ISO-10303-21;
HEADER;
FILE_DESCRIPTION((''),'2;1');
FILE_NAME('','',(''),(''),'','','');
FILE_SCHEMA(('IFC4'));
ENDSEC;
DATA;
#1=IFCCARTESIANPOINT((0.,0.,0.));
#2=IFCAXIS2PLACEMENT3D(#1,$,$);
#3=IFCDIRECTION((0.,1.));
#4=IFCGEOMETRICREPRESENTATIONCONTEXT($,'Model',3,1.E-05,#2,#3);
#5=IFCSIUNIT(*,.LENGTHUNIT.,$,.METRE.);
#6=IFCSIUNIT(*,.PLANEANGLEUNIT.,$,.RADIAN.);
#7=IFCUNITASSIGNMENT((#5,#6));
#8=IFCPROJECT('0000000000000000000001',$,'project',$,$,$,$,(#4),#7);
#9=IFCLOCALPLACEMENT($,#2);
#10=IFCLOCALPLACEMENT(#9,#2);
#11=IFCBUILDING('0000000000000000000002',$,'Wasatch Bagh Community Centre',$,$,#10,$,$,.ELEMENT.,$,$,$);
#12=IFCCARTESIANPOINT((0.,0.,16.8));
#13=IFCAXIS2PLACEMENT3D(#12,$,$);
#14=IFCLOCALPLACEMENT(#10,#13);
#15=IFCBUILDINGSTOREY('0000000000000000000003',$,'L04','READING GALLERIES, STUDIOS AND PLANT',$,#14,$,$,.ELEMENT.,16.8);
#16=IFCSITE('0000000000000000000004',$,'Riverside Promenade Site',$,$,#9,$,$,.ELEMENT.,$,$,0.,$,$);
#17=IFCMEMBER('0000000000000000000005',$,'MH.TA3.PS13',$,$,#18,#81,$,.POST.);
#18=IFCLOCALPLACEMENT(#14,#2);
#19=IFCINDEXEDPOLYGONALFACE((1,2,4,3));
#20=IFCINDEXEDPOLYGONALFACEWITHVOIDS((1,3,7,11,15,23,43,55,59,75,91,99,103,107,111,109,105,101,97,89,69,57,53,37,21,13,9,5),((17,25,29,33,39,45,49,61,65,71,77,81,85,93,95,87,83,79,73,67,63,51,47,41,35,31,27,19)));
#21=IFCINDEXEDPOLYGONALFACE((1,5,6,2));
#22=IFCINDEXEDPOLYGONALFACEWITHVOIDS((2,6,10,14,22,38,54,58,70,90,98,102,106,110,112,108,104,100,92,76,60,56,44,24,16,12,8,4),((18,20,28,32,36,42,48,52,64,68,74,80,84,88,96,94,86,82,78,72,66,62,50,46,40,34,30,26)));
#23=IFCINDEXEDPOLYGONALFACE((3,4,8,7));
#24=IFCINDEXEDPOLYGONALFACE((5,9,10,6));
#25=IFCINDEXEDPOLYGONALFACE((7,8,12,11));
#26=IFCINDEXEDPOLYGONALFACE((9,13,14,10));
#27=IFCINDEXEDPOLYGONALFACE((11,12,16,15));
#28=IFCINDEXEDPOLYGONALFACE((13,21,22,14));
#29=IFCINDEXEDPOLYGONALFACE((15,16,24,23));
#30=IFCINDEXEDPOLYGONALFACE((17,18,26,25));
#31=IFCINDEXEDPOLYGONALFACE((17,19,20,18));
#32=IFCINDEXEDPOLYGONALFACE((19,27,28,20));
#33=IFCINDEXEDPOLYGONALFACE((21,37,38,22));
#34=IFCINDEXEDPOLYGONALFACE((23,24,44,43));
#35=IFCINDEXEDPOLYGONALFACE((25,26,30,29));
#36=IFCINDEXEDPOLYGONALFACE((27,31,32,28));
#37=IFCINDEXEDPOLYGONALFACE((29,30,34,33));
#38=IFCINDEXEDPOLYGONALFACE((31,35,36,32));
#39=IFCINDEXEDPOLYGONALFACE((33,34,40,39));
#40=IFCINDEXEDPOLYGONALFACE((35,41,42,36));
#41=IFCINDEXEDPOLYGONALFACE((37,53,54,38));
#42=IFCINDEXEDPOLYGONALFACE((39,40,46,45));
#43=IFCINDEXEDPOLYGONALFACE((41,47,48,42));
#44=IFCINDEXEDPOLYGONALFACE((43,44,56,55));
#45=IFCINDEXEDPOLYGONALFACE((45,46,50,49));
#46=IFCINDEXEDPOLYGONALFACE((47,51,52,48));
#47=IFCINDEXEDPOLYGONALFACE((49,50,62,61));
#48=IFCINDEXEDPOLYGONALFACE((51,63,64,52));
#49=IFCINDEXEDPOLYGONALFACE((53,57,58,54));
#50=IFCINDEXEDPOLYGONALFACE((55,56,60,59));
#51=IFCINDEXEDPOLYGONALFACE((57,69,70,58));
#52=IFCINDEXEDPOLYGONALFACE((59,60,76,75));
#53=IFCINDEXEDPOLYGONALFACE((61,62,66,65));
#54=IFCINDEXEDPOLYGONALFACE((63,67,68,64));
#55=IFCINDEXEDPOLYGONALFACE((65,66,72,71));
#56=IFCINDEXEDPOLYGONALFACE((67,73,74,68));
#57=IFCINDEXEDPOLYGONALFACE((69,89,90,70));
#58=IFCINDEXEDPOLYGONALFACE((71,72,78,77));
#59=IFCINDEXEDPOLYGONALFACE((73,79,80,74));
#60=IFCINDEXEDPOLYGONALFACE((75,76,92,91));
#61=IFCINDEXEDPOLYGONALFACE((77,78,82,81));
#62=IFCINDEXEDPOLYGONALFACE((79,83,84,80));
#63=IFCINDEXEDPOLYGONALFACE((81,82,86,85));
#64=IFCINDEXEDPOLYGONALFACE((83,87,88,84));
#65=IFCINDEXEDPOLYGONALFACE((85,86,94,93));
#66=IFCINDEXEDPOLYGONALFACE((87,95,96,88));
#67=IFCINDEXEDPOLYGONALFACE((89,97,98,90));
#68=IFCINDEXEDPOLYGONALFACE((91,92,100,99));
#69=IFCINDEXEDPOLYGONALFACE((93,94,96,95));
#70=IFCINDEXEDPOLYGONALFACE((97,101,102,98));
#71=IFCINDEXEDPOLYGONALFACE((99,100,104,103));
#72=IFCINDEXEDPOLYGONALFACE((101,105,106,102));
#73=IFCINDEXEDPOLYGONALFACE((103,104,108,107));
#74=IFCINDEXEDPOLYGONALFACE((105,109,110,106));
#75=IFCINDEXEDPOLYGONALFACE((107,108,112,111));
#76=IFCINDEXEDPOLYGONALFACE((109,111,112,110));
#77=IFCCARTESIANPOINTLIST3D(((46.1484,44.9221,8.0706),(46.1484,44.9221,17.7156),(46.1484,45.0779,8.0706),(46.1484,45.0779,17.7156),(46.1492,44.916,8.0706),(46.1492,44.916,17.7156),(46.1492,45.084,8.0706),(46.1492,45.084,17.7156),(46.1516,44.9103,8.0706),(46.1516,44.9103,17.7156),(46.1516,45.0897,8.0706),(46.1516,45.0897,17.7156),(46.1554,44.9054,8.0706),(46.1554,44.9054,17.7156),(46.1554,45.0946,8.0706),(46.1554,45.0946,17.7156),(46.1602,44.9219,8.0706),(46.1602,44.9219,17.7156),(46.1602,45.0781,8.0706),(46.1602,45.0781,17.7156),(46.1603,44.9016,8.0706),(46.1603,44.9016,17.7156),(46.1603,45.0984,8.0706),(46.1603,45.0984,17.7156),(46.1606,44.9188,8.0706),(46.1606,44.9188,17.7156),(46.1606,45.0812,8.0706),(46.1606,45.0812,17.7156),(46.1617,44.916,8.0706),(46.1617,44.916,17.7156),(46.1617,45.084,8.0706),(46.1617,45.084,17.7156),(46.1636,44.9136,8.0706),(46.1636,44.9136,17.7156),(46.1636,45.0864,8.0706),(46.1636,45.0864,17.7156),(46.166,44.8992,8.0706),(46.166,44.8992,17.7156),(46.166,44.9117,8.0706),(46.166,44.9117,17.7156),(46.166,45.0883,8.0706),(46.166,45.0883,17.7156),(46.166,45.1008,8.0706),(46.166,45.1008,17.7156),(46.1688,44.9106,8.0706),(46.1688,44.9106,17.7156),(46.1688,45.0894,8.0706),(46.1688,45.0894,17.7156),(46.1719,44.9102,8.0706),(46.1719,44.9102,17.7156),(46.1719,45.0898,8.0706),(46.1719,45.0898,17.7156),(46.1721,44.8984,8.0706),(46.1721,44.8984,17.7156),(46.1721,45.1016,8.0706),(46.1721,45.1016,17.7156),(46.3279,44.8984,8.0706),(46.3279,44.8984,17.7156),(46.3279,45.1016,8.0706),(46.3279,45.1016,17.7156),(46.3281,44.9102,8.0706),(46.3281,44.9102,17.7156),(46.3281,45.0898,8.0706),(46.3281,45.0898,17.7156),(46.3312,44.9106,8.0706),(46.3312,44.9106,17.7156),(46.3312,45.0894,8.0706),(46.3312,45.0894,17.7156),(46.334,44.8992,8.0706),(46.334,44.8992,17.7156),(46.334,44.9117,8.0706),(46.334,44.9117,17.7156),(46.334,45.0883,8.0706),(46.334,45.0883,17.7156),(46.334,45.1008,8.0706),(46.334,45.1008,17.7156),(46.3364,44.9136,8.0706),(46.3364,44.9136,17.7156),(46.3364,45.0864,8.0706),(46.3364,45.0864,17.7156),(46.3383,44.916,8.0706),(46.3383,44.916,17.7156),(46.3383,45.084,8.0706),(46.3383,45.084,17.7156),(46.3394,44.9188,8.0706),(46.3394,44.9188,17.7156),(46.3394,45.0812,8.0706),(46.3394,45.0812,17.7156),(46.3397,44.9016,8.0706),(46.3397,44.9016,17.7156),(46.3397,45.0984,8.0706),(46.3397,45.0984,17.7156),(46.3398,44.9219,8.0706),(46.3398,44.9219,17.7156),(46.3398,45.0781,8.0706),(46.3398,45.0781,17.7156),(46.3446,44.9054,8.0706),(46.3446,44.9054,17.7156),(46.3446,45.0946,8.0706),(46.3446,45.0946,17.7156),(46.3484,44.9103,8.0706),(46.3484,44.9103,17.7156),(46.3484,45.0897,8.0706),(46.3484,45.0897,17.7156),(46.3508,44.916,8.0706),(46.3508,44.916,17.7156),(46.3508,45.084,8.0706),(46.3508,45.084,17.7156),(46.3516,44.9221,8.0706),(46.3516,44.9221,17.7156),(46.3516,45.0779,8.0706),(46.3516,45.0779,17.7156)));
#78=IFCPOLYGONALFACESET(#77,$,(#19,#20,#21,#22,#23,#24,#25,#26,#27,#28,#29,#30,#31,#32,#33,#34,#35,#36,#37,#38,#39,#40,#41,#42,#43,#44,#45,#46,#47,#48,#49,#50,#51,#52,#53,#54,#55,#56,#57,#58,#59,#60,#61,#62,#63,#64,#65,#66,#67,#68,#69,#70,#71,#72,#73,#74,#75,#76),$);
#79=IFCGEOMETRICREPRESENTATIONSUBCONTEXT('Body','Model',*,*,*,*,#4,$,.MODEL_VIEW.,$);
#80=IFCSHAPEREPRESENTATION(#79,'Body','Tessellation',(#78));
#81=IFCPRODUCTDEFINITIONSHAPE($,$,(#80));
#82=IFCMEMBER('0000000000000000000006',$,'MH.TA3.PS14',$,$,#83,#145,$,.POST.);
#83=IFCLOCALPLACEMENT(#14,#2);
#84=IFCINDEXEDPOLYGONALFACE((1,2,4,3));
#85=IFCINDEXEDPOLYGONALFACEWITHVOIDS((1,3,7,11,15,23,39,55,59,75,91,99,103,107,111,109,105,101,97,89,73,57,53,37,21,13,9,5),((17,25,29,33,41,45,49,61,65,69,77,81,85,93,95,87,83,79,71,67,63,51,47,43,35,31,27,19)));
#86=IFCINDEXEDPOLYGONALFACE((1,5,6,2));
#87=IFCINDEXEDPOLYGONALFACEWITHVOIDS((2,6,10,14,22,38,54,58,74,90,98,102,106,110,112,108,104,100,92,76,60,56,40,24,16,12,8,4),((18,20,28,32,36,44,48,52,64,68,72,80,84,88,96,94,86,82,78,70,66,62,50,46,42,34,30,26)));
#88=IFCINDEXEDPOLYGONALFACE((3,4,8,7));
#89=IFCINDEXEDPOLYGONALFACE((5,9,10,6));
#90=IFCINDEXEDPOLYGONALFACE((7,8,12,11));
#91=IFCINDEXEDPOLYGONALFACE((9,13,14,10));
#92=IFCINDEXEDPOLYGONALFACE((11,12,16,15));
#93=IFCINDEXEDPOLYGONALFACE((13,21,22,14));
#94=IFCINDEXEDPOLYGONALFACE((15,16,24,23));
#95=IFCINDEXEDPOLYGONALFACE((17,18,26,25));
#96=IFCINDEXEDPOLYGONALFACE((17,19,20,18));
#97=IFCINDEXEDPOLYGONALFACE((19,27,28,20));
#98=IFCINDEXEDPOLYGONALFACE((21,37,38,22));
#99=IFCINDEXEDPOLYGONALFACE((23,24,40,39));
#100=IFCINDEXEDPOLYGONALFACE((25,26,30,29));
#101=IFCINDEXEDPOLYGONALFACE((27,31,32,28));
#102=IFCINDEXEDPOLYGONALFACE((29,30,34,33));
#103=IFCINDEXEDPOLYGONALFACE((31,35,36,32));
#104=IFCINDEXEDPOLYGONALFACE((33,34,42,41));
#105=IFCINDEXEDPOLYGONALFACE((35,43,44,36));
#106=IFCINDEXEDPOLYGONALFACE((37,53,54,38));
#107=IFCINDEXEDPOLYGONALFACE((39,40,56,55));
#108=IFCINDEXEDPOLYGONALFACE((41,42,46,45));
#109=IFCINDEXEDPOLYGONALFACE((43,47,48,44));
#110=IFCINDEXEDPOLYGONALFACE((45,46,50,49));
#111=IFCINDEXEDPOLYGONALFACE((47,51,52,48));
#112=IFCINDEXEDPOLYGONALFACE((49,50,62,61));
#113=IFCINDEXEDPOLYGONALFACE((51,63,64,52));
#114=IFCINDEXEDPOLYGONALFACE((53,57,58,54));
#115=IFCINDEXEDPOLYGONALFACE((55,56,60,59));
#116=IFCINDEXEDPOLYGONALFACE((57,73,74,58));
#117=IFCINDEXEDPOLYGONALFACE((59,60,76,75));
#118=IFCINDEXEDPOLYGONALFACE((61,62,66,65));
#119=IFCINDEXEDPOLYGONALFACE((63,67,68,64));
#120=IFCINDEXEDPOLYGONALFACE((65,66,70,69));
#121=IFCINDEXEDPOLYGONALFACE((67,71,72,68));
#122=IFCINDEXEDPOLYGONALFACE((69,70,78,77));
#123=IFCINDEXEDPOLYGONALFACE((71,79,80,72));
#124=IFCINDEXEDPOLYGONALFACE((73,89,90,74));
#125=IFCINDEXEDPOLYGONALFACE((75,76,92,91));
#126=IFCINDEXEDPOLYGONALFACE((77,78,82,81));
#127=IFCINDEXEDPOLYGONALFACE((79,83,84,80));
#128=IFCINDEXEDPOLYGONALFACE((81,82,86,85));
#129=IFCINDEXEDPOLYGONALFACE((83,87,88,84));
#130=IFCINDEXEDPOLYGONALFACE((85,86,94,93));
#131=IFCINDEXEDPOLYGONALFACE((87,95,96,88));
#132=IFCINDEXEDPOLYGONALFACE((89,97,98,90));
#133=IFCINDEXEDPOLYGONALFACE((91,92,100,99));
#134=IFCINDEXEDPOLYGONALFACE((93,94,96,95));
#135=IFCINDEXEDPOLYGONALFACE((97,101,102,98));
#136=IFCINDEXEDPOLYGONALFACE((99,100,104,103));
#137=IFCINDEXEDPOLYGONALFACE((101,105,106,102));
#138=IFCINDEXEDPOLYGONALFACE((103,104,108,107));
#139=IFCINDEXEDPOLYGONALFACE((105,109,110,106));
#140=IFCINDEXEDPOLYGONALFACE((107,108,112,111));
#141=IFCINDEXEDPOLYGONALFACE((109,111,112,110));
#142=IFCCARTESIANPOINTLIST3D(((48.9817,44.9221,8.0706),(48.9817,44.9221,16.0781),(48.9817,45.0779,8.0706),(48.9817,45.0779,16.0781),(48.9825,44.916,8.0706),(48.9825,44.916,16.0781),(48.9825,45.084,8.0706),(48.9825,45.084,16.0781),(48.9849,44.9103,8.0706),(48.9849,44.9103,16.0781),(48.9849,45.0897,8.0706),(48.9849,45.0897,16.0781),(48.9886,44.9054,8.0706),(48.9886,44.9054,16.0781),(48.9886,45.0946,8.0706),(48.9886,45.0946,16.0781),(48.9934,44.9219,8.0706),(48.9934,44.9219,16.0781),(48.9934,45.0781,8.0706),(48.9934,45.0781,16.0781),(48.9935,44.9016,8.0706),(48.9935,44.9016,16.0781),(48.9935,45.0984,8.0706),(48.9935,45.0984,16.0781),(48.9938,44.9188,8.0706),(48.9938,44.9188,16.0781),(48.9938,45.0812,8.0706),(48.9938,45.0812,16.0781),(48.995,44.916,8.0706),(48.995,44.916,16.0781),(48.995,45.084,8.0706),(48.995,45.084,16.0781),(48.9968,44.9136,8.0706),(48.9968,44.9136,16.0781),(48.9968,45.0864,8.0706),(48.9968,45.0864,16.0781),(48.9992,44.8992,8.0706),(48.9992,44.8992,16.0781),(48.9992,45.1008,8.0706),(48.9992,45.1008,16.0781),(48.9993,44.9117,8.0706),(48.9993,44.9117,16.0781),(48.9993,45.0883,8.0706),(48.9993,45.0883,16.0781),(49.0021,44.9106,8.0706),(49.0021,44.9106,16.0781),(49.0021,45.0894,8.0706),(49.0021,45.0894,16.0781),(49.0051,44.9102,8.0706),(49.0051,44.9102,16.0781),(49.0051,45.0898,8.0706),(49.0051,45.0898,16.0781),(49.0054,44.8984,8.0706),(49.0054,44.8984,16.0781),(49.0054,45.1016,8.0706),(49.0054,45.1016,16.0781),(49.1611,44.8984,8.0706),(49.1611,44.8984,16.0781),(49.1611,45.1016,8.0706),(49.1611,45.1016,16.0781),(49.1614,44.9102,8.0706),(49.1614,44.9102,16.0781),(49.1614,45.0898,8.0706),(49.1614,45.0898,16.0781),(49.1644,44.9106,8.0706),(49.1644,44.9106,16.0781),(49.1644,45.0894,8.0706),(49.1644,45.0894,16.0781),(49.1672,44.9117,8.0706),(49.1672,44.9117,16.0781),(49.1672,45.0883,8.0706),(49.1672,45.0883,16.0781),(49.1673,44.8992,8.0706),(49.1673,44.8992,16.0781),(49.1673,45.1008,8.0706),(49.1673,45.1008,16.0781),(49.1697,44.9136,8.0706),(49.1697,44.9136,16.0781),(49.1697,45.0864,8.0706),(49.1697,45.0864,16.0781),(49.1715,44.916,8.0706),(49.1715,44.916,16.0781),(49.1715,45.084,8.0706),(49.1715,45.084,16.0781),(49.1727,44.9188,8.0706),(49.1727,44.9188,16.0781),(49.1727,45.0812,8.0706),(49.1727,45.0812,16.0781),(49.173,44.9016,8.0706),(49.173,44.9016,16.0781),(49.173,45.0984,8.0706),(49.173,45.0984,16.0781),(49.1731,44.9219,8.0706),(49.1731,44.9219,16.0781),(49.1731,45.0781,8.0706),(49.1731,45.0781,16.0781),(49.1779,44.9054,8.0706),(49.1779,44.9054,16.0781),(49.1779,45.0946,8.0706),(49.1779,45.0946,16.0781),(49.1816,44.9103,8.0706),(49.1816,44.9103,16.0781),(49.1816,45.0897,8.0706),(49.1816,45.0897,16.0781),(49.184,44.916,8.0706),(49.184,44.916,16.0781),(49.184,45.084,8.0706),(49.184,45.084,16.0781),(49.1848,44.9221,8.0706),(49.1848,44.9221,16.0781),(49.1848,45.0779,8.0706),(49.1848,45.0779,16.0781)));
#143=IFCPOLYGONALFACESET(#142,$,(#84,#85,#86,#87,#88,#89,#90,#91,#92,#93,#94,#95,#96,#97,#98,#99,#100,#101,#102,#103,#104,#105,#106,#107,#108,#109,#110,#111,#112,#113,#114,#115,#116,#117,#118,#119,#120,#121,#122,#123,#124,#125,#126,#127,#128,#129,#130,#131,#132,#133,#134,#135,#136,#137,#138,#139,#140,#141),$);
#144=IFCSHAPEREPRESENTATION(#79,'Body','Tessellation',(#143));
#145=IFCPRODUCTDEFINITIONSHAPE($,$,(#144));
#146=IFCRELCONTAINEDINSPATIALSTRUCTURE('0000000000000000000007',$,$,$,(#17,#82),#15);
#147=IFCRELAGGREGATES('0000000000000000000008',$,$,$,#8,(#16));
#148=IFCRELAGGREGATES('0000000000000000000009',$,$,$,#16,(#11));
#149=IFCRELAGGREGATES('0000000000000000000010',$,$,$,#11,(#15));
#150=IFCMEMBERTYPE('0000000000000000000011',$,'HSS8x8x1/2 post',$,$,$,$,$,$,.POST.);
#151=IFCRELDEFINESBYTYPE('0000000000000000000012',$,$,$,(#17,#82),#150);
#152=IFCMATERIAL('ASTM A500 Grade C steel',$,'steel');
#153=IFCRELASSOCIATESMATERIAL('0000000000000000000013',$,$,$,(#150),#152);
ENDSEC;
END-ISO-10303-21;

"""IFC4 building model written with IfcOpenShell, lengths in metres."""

from ifc_helpers import new_model, si_unit, direction, frame, origin, origin_2d, place, context, subcontext, project, spatial, hollow_rectangle, extrude, material, material_profile, profile_set, type_object, element, save


model = new_model("IFC4")

# Units and contexts
model_context = context("Model", 3, precision=1e-05, world=origin(), true_north=direction((0.0, 1.0)))
body_context = subcontext(model_context, "Body", "Model", "MODEL_VIEW")
ifc_project = project(units=[si_unit("LENGTHUNIT", "METRE"), si_unit("PLANEANGLEUNIT", "RADIAN")], contexts=[model_context])

# Site, building, storey
site_placement = place(None, origin())
site = spatial("IfcSite", under=ifc_project, at=site_placement, Name="Riverside Promenade Site", CompositionType="ELEMENT", RefElevation=0.0)
building_placement = place(site_placement, origin())
building = spatial("IfcBuilding", under=site, at=building_placement, Name="Wasatch Bagh Community Centre", CompositionType="ELEMENT")
storey_placement = place(building_placement, frame((0.0, 0.0, 16.8)))
storey = spatial("IfcBuildingStorey", under=building, at=storey_placement, Name="L04", Description="READING GALLERIES, STUDIOS AND PLANT", CompositionType="ELEMENT", Elevation=16.8)

# Members
ifc_material_1 = material(Name="ASTM A500 Grade C steel", Category="steel")
ifc_material_profile_1 = material_profile(ifc_material_1, hollow_rectangle(XDim=0.2031, YDim=0.2031, WallThickness=0.0117, InnerFilletRadius=0.0117, OuterFilletRadius=0.0237, at=origin_2d()), Name="HSS8x8x1/2")
ifc_profile_set_1 = profile_set([ifc_material_profile_1], Name="ASTM A500 Grade C steel")
member_type_1 = type_object("IfcMemberType", Name="HSS8x8x1/2 post", PredefinedType="POST", material=ifc_profile_set_1)
member_1_placement = place(storey_placement, frame((46.25, 45.0, 8.0706), z_axis=(0.0, 0.0, 1.0), x_axis=(1.0, 0.0, 0.0)))
element("IfcMember", 1, at=member_1_placement, inside=storey, type_object=member_type_1, Name="MH.TA3.PS13", PredefinedType="POST", context=body_context, shape_type="SweptSolid", body=[
    extrude(hollow_rectangle(XDim=0.2031, YDim=0.2031, WallThickness=0.0117, InnerFilletRadius=0.0117, OuterFilletRadius=0.0237, at=origin_2d()), origin(), (0.0, 0.0, 1.0), 9.645),
])
member_2_placement = place(storey_placement, frame((49.0833, 45.0, 8.0706), z_axis=(0.0, 0.0, 1.0), x_axis=(1.0, 0.0, 0.0)))
element("IfcMember", 2, at=member_2_placement, inside=storey, type_object=member_type_1, Name="MH.TA3.PS14", PredefinedType="POST", context=body_context, shape_type="SweptSolid", body=[
    extrude(hollow_rectangle(XDim=0.2031, YDim=0.2031, WallThickness=0.0117, InnerFilletRadius=0.0117, OuterFilletRadius=0.0237, at=origin_2d()), origin(), (0.0, 0.0, 1.0), 8.0076),
])

save(model, "model.ifc")
